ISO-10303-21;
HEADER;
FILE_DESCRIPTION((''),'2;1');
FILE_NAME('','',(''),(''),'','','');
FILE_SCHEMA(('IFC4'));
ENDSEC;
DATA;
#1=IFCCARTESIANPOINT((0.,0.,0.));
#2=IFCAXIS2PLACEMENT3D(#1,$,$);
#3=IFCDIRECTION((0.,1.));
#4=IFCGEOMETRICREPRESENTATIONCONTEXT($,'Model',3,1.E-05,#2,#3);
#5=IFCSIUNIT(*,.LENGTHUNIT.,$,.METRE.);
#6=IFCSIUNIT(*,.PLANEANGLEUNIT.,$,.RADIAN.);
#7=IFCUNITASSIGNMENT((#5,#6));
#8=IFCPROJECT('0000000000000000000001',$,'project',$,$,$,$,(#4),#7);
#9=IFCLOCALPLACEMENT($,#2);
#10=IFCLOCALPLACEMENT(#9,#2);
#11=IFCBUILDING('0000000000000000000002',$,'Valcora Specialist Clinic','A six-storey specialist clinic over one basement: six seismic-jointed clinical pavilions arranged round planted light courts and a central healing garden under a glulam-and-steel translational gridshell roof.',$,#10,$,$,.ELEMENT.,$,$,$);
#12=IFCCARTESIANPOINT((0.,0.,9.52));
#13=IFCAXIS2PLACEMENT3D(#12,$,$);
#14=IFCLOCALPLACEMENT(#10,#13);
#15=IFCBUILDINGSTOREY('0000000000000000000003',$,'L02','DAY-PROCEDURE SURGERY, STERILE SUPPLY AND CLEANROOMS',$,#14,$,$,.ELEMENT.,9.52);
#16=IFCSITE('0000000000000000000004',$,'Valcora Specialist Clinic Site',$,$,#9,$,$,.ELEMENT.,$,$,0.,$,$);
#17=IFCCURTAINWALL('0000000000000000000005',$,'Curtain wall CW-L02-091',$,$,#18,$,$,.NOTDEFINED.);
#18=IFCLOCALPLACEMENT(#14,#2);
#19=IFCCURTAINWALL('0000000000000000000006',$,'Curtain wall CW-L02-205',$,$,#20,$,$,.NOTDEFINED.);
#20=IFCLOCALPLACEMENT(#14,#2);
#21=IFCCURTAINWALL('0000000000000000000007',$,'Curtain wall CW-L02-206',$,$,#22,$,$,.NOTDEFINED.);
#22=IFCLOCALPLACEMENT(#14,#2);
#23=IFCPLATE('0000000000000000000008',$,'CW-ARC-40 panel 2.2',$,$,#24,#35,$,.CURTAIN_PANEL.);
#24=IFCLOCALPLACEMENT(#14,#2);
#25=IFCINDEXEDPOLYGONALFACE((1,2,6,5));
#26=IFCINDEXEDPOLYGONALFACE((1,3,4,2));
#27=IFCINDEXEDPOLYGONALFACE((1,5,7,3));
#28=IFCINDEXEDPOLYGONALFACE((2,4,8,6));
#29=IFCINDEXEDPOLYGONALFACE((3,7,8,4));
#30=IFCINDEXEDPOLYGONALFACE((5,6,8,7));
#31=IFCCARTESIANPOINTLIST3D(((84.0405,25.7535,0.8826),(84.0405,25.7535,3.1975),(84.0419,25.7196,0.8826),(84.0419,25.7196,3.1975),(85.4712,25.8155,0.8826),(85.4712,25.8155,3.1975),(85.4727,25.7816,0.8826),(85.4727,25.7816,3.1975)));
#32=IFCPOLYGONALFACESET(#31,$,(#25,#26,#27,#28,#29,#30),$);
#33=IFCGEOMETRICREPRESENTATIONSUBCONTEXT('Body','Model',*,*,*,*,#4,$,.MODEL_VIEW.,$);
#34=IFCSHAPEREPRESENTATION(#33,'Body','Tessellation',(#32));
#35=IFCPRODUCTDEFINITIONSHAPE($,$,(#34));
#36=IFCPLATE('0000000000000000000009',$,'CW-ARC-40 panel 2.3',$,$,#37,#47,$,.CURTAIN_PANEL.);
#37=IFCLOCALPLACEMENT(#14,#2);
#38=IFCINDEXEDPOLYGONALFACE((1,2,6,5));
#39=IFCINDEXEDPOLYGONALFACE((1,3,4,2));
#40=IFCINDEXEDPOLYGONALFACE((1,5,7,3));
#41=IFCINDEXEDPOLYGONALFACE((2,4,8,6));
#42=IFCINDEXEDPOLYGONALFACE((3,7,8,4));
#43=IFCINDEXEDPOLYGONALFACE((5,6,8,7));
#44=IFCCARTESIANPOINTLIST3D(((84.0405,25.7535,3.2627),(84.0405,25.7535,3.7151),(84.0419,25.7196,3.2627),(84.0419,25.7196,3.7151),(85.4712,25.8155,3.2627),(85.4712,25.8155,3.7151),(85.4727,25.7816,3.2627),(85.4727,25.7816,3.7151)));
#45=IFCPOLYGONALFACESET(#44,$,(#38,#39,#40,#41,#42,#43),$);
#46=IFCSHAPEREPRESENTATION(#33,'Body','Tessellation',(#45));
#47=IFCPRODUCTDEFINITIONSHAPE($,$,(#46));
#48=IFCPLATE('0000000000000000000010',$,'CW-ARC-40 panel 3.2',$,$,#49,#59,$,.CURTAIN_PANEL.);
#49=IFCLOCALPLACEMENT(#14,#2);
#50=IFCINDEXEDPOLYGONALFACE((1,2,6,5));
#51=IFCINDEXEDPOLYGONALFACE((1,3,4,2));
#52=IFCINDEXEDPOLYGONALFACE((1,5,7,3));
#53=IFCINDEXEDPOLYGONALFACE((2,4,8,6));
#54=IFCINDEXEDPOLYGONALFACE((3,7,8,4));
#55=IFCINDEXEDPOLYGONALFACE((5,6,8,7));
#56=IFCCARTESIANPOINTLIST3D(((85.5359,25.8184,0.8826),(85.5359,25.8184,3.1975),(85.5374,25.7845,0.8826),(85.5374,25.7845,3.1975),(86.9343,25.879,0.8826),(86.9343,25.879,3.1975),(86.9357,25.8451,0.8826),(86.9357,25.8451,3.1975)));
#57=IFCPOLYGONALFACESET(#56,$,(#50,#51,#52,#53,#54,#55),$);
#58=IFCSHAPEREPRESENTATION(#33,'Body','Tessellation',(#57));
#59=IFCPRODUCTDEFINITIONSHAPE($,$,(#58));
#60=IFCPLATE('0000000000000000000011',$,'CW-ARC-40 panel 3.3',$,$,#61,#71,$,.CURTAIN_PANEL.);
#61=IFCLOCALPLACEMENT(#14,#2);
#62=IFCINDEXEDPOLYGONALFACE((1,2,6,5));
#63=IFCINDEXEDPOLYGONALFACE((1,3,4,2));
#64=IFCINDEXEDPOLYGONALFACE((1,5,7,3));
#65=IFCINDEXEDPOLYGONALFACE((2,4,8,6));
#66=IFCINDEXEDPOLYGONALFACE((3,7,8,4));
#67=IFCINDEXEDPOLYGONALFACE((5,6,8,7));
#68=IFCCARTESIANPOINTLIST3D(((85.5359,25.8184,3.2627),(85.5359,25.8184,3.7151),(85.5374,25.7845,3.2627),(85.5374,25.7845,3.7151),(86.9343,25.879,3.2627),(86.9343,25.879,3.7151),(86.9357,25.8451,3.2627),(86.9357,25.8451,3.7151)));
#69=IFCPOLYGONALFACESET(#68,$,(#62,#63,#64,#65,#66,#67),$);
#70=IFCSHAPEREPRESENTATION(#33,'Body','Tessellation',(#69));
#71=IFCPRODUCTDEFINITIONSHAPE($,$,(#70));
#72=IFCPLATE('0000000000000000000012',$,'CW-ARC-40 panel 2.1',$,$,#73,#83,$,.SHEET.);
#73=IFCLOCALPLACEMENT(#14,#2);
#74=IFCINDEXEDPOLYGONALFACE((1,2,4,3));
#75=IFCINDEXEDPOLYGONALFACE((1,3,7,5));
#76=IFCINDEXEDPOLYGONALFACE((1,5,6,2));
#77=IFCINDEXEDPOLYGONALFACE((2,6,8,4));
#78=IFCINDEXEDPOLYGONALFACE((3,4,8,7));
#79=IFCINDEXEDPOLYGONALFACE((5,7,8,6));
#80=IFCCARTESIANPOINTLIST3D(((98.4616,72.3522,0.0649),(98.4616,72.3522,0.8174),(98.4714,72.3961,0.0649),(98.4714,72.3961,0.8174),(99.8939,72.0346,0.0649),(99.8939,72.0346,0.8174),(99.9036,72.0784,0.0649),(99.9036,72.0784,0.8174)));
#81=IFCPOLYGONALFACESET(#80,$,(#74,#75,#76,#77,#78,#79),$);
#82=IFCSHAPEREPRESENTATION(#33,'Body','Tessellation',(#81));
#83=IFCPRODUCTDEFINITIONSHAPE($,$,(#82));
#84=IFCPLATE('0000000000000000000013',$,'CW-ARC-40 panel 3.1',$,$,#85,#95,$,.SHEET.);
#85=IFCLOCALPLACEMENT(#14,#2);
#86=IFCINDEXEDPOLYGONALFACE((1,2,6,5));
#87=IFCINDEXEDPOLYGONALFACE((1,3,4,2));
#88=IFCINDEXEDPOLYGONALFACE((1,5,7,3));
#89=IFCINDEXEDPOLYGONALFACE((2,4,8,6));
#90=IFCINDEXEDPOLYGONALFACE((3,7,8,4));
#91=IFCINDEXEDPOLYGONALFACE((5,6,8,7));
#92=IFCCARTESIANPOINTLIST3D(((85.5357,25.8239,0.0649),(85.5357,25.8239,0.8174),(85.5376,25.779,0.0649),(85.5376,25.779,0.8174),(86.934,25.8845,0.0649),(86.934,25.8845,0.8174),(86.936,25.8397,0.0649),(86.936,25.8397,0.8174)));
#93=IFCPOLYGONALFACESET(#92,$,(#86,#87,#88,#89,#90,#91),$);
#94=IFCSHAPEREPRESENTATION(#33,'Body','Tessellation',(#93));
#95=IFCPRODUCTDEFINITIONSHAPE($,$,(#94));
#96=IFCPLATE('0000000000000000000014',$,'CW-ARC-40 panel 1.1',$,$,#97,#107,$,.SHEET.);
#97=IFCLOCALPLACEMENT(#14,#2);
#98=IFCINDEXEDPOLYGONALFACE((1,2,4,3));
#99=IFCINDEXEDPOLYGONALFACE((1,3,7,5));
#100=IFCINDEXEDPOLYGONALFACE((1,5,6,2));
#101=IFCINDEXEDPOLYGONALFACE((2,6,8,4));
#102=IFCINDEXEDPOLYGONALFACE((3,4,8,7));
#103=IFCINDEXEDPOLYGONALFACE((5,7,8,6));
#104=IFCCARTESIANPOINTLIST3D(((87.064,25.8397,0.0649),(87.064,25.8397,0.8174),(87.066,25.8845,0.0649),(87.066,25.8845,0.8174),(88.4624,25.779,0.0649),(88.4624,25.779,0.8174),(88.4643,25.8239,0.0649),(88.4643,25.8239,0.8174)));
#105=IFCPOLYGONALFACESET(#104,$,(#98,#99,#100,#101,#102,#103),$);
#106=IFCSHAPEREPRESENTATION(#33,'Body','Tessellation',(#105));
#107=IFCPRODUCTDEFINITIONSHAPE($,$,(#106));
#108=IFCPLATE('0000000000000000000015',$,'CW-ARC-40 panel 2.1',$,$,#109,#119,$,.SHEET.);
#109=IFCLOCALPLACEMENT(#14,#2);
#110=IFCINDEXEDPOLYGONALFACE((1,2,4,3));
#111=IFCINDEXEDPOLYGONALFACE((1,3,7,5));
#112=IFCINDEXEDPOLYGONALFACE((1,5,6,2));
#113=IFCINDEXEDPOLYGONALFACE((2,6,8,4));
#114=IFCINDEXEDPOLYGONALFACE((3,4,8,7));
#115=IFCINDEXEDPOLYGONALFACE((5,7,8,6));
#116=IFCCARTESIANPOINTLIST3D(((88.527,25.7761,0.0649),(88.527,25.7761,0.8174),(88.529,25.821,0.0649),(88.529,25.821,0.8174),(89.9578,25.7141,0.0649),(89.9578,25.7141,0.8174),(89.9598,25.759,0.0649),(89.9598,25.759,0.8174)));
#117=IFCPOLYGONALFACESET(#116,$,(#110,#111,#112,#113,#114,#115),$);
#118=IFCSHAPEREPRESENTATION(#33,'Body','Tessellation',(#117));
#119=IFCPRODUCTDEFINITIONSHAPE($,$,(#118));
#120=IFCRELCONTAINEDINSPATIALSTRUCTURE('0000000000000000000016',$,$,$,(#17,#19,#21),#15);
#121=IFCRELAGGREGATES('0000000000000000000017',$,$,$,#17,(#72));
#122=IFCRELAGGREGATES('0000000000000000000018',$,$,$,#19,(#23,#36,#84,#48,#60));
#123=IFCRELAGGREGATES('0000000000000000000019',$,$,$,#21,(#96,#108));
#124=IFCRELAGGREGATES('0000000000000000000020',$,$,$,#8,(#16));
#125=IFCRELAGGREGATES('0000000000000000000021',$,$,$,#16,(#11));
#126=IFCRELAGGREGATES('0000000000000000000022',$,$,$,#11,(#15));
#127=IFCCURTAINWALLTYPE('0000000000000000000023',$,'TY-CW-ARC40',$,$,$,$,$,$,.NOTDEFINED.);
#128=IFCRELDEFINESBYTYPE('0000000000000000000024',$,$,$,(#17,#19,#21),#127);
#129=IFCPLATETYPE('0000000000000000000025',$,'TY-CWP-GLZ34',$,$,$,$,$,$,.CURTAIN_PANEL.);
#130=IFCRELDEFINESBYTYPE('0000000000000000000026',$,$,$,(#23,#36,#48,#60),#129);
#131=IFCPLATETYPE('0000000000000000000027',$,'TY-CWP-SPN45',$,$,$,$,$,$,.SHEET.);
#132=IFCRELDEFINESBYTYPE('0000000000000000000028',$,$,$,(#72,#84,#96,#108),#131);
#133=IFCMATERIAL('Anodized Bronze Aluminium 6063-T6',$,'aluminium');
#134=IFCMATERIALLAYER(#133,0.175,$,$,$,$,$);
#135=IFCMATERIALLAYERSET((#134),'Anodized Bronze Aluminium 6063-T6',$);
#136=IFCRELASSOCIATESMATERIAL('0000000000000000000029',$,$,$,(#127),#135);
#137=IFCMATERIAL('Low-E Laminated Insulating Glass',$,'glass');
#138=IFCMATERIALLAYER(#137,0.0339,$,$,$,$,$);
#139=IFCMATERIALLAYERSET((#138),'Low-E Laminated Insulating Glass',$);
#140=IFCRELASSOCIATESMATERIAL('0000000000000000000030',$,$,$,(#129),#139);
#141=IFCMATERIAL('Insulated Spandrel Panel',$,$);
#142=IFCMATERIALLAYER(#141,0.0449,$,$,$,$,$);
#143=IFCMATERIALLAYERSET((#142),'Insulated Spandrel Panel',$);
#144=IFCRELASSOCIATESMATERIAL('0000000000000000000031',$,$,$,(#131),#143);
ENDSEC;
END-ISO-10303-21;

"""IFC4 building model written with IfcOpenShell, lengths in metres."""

from ifc_helpers import new_model, si_unit, direction, frame, origin, origin_2d, place, context, subcontext, project, spatial, rectangle, extrude, material, layer, layer_set, type_object, element, aggregate, save


model = new_model("IFC4")

# Units and contexts
model_context = context("Model", 3, precision=1e-05, world=origin(), true_north=direction((0.0, 1.0)))
body_context = subcontext(model_context, "Body", "Model", "MODEL_VIEW")
ifc_project = project(units=[si_unit("LENGTHUNIT", "METRE"), si_unit("PLANEANGLEUNIT", "RADIAN")], contexts=[model_context])

# Site, building, storey
site_placement = place(None, origin())
site = spatial("IfcSite", under=ifc_project, at=site_placement, Name="Valcora Specialist Clinic Site", CompositionType="ELEMENT", RefElevation=0.0)
building_placement = place(site_placement, origin())
building = spatial("IfcBuilding", under=site, at=building_placement, Name="Valcora Specialist Clinic", Description="A six-storey specialist clinic over one basement: six seismic-jointed clinical pavilions arranged round planted light courts and a central healing garden under a glulam-and-steel translational gridshell roof.", CompositionType="ELEMENT")
storey_placement = place(building_placement, frame((0.0, 0.0, 9.52)))
storey = spatial("IfcBuildingStorey", under=building, at=storey_placement, Name="L02", Description="DAY-PROCEDURE SURGERY, STERILE SUPPLY AND CLEANROOMS", CompositionType="ELEMENT", Elevation=9.52)

# Curtain wall
ifc_material_1 = material(Name="Anodized Bronze Aluminium 6063-T6", Category="aluminium")
ifc_layer_1 = layer(ifc_material_1, 0.175)
ifc_layer_set_1 = layer_set([ifc_layer_1], Name="Anodized Bronze Aluminium 6063-T6")
curtain_wall_type = type_object("IfcCurtainWallType", Name="TY-CW-ARC40", PredefinedType="NOTDEFINED", material=ifc_layer_set_1)
curtain_wall_1_placement = place(storey_placement, origin())
curtain_wall_1 = element("IfcCurtainWall", 1, at=curtain_wall_1_placement, inside=storey, type_object=curtain_wall_type, Name="Curtain wall CW-L02-091", PredefinedType="NOTDEFINED")

# Curtain walls
curtain_wall_2_placement = place(storey_placement, origin())
curtain_wall_2 = element("IfcCurtainWall", 2, at=curtain_wall_2_placement, inside=storey, type_object=curtain_wall_type, Name="Curtain wall CW-L02-205", PredefinedType="NOTDEFINED")
curtain_wall_3_placement = place(storey_placement, origin())
curtain_wall_3 = element("IfcCurtainWall", 3, at=curtain_wall_3_placement, inside=storey, type_object=curtain_wall_type, Name="Curtain wall CW-L02-206", PredefinedType="NOTDEFINED")

# Plates
ifc_material_2 = material(Name="Low-E Laminated Insulating Glass", Category="glass")
ifc_layer_2 = layer(ifc_material_2, 0.0339)
ifc_layer_set_2 = layer_set([ifc_layer_2], Name="Low-E Laminated Insulating Glass")
plate_type_1 = type_object("IfcPlateType", Name="TY-CWP-GLZ34", PredefinedType="CURTAIN_PANEL", material=ifc_layer_set_2)
plate_1_placement = place(storey_placement, frame((84.7566, 25.7676, 0.8826), z_axis=(0.0, 0.0, 1.0), x_axis=(0.999062, 0.043307, 0.0)))
plate_1 = element("IfcPlate", 4, at=plate_1_placement, type_object=plate_type_1, Name="CW-ARC-40 panel 2.2", PredefinedType="CURTAIN_PANEL", context=body_context, shape_type="SweptSolid", body=[
    extrude(rectangle(XDim=1.4321, YDim=0.0339, at=origin_2d()), origin(), (0.0, 0.0, 1.0), 2.3149),
])
plate_2_placement = place(storey_placement, frame((84.7566, 25.7676, 3.2627), z_axis=(0.0, 0.0, 1.0), x_axis=(0.999062, 0.043307, 0.0)))
plate_2 = element("IfcPlate", 5, at=plate_2_placement, type_object=plate_type_1, Name="CW-ARC-40 panel 2.3", PredefinedType="CURTAIN_PANEL", context=body_context, shape_type="SweptSolid", body=[
    extrude(rectangle(XDim=1.4321, YDim=0.0339, at=origin_2d()), origin(), (0.0, 0.0, 1.0), 0.4524),
])
plate_3_placement = place(storey_placement, frame((86.2358, 25.8318, 0.8826), z_axis=(0.0, 0.0, 1.0), x_axis=(0.999062, 0.043307, 0.0)))
plate_3 = element("IfcPlate", 6, at=plate_3_placement, type_object=plate_type_1, Name="CW-ARC-40 panel 3.2", PredefinedType="CURTAIN_PANEL", context=body_context, shape_type="SweptSolid", body=[
    extrude(rectangle(XDim=1.3997, YDim=0.0339, at=origin_2d()), origin(), (0.0, 0.0, 1.0), 2.3149),
])
plate_4_placement = place(storey_placement, frame((86.2358, 25.8318, 3.2627), z_axis=(0.0, 0.0, 1.0), x_axis=(0.999062, 0.043307, 0.0)))
plate_4 = element("IfcPlate", 7, at=plate_4_placement, type_object=plate_type_1, Name="CW-ARC-40 panel 3.3", PredefinedType="CURTAIN_PANEL", context=body_context, shape_type="SweptSolid", body=[
    extrude(rectangle(XDim=1.3997, YDim=0.0339, at=origin_2d()), origin(), (0.0, 0.0, 1.0), 0.4524),
])
ifc_material_3 = material(Name="Insulated Spandrel Panel")
ifc_layer_3 = layer(ifc_material_3, 0.0449)
ifc_layer_set_3 = layer_set([ifc_layer_3], Name="Insulated Spandrel Panel")
plate_type_2 = type_object("IfcPlateType", Name="TY-CWP-SPN45", PredefinedType="SHEET", material=ifc_layer_set_3)
plate_5_placement = place(storey_placement, frame((99.1826, 72.2153, 0.0649), z_axis=(0.0, 0.0, 1.0), x_axis=(-0.976279, 0.216518, 0.0)))
plate_5 = element("IfcPlate", 8, at=plate_5_placement, type_object=plate_type_2, Name="CW-ARC-40 panel 2.1", PredefinedType="SHEET", context=body_context, shape_type="SweptSolid", body=[
    extrude(rectangle(XDim=1.467, YDim=0.0449, at=origin_2d()), origin(), (0.0, 0.0, 1.0), 0.7524),
])
aggregate(curtain_wall_1, [plate_5])
plate_6_placement = place(storey_placement, frame((86.2358, 25.8318, 0.0649), z_axis=(0.0, 0.0, 1.0), x_axis=(0.999062, 0.043307, 0.0)))
plate_6 = element("IfcPlate", 9, at=plate_6_placement, type_object=plate_type_2, Name="CW-ARC-40 panel 3.1", PredefinedType="SHEET", context=body_context, shape_type="SweptSolid", body=[
    extrude(rectangle(XDim=1.3997, YDim=0.0449, at=origin_2d()), origin(), (0.0, 0.0, 1.0), 0.7524),
])
aggregate(curtain_wall_2, [plate_1, plate_2, plate_6, plate_3, plate_4])
plate_7_placement = place(storey_placement, frame((87.7642, 25.8318, 0.0649), z_axis=(0.0, 0.0, 1.0), x_axis=(0.999062, -0.043307, 0.0)))
plate_7 = element("IfcPlate", 10, at=plate_7_placement, type_object=plate_type_2, Name="CW-ARC-40 panel 1.1", PredefinedType="SHEET", context=body_context, shape_type="SweptSolid", body=[
    extrude(rectangle(XDim=1.3997, YDim=0.0449, at=origin_2d()), origin(), (0.0, 0.0, 1.0), 0.7524),
])
plate_8_placement = place(storey_placement, frame((89.2434, 25.7676, 0.0649), z_axis=(0.0, 0.0, 1.0), x_axis=(0.999062, -0.043307, 0.0)))
plate_8 = element("IfcPlate", 11, at=plate_8_placement, type_object=plate_type_2, Name="CW-ARC-40 panel 2.1", PredefinedType="SHEET", context=body_context, shape_type="SweptSolid", body=[
    extrude(rectangle(XDim=1.4321, YDim=0.0449, at=origin_2d()), origin(), (0.0, 0.0, 1.0), 0.7524),
])
aggregate(curtain_wall_3, [plate_7, plate_8])

save(model, "model.ifc")
